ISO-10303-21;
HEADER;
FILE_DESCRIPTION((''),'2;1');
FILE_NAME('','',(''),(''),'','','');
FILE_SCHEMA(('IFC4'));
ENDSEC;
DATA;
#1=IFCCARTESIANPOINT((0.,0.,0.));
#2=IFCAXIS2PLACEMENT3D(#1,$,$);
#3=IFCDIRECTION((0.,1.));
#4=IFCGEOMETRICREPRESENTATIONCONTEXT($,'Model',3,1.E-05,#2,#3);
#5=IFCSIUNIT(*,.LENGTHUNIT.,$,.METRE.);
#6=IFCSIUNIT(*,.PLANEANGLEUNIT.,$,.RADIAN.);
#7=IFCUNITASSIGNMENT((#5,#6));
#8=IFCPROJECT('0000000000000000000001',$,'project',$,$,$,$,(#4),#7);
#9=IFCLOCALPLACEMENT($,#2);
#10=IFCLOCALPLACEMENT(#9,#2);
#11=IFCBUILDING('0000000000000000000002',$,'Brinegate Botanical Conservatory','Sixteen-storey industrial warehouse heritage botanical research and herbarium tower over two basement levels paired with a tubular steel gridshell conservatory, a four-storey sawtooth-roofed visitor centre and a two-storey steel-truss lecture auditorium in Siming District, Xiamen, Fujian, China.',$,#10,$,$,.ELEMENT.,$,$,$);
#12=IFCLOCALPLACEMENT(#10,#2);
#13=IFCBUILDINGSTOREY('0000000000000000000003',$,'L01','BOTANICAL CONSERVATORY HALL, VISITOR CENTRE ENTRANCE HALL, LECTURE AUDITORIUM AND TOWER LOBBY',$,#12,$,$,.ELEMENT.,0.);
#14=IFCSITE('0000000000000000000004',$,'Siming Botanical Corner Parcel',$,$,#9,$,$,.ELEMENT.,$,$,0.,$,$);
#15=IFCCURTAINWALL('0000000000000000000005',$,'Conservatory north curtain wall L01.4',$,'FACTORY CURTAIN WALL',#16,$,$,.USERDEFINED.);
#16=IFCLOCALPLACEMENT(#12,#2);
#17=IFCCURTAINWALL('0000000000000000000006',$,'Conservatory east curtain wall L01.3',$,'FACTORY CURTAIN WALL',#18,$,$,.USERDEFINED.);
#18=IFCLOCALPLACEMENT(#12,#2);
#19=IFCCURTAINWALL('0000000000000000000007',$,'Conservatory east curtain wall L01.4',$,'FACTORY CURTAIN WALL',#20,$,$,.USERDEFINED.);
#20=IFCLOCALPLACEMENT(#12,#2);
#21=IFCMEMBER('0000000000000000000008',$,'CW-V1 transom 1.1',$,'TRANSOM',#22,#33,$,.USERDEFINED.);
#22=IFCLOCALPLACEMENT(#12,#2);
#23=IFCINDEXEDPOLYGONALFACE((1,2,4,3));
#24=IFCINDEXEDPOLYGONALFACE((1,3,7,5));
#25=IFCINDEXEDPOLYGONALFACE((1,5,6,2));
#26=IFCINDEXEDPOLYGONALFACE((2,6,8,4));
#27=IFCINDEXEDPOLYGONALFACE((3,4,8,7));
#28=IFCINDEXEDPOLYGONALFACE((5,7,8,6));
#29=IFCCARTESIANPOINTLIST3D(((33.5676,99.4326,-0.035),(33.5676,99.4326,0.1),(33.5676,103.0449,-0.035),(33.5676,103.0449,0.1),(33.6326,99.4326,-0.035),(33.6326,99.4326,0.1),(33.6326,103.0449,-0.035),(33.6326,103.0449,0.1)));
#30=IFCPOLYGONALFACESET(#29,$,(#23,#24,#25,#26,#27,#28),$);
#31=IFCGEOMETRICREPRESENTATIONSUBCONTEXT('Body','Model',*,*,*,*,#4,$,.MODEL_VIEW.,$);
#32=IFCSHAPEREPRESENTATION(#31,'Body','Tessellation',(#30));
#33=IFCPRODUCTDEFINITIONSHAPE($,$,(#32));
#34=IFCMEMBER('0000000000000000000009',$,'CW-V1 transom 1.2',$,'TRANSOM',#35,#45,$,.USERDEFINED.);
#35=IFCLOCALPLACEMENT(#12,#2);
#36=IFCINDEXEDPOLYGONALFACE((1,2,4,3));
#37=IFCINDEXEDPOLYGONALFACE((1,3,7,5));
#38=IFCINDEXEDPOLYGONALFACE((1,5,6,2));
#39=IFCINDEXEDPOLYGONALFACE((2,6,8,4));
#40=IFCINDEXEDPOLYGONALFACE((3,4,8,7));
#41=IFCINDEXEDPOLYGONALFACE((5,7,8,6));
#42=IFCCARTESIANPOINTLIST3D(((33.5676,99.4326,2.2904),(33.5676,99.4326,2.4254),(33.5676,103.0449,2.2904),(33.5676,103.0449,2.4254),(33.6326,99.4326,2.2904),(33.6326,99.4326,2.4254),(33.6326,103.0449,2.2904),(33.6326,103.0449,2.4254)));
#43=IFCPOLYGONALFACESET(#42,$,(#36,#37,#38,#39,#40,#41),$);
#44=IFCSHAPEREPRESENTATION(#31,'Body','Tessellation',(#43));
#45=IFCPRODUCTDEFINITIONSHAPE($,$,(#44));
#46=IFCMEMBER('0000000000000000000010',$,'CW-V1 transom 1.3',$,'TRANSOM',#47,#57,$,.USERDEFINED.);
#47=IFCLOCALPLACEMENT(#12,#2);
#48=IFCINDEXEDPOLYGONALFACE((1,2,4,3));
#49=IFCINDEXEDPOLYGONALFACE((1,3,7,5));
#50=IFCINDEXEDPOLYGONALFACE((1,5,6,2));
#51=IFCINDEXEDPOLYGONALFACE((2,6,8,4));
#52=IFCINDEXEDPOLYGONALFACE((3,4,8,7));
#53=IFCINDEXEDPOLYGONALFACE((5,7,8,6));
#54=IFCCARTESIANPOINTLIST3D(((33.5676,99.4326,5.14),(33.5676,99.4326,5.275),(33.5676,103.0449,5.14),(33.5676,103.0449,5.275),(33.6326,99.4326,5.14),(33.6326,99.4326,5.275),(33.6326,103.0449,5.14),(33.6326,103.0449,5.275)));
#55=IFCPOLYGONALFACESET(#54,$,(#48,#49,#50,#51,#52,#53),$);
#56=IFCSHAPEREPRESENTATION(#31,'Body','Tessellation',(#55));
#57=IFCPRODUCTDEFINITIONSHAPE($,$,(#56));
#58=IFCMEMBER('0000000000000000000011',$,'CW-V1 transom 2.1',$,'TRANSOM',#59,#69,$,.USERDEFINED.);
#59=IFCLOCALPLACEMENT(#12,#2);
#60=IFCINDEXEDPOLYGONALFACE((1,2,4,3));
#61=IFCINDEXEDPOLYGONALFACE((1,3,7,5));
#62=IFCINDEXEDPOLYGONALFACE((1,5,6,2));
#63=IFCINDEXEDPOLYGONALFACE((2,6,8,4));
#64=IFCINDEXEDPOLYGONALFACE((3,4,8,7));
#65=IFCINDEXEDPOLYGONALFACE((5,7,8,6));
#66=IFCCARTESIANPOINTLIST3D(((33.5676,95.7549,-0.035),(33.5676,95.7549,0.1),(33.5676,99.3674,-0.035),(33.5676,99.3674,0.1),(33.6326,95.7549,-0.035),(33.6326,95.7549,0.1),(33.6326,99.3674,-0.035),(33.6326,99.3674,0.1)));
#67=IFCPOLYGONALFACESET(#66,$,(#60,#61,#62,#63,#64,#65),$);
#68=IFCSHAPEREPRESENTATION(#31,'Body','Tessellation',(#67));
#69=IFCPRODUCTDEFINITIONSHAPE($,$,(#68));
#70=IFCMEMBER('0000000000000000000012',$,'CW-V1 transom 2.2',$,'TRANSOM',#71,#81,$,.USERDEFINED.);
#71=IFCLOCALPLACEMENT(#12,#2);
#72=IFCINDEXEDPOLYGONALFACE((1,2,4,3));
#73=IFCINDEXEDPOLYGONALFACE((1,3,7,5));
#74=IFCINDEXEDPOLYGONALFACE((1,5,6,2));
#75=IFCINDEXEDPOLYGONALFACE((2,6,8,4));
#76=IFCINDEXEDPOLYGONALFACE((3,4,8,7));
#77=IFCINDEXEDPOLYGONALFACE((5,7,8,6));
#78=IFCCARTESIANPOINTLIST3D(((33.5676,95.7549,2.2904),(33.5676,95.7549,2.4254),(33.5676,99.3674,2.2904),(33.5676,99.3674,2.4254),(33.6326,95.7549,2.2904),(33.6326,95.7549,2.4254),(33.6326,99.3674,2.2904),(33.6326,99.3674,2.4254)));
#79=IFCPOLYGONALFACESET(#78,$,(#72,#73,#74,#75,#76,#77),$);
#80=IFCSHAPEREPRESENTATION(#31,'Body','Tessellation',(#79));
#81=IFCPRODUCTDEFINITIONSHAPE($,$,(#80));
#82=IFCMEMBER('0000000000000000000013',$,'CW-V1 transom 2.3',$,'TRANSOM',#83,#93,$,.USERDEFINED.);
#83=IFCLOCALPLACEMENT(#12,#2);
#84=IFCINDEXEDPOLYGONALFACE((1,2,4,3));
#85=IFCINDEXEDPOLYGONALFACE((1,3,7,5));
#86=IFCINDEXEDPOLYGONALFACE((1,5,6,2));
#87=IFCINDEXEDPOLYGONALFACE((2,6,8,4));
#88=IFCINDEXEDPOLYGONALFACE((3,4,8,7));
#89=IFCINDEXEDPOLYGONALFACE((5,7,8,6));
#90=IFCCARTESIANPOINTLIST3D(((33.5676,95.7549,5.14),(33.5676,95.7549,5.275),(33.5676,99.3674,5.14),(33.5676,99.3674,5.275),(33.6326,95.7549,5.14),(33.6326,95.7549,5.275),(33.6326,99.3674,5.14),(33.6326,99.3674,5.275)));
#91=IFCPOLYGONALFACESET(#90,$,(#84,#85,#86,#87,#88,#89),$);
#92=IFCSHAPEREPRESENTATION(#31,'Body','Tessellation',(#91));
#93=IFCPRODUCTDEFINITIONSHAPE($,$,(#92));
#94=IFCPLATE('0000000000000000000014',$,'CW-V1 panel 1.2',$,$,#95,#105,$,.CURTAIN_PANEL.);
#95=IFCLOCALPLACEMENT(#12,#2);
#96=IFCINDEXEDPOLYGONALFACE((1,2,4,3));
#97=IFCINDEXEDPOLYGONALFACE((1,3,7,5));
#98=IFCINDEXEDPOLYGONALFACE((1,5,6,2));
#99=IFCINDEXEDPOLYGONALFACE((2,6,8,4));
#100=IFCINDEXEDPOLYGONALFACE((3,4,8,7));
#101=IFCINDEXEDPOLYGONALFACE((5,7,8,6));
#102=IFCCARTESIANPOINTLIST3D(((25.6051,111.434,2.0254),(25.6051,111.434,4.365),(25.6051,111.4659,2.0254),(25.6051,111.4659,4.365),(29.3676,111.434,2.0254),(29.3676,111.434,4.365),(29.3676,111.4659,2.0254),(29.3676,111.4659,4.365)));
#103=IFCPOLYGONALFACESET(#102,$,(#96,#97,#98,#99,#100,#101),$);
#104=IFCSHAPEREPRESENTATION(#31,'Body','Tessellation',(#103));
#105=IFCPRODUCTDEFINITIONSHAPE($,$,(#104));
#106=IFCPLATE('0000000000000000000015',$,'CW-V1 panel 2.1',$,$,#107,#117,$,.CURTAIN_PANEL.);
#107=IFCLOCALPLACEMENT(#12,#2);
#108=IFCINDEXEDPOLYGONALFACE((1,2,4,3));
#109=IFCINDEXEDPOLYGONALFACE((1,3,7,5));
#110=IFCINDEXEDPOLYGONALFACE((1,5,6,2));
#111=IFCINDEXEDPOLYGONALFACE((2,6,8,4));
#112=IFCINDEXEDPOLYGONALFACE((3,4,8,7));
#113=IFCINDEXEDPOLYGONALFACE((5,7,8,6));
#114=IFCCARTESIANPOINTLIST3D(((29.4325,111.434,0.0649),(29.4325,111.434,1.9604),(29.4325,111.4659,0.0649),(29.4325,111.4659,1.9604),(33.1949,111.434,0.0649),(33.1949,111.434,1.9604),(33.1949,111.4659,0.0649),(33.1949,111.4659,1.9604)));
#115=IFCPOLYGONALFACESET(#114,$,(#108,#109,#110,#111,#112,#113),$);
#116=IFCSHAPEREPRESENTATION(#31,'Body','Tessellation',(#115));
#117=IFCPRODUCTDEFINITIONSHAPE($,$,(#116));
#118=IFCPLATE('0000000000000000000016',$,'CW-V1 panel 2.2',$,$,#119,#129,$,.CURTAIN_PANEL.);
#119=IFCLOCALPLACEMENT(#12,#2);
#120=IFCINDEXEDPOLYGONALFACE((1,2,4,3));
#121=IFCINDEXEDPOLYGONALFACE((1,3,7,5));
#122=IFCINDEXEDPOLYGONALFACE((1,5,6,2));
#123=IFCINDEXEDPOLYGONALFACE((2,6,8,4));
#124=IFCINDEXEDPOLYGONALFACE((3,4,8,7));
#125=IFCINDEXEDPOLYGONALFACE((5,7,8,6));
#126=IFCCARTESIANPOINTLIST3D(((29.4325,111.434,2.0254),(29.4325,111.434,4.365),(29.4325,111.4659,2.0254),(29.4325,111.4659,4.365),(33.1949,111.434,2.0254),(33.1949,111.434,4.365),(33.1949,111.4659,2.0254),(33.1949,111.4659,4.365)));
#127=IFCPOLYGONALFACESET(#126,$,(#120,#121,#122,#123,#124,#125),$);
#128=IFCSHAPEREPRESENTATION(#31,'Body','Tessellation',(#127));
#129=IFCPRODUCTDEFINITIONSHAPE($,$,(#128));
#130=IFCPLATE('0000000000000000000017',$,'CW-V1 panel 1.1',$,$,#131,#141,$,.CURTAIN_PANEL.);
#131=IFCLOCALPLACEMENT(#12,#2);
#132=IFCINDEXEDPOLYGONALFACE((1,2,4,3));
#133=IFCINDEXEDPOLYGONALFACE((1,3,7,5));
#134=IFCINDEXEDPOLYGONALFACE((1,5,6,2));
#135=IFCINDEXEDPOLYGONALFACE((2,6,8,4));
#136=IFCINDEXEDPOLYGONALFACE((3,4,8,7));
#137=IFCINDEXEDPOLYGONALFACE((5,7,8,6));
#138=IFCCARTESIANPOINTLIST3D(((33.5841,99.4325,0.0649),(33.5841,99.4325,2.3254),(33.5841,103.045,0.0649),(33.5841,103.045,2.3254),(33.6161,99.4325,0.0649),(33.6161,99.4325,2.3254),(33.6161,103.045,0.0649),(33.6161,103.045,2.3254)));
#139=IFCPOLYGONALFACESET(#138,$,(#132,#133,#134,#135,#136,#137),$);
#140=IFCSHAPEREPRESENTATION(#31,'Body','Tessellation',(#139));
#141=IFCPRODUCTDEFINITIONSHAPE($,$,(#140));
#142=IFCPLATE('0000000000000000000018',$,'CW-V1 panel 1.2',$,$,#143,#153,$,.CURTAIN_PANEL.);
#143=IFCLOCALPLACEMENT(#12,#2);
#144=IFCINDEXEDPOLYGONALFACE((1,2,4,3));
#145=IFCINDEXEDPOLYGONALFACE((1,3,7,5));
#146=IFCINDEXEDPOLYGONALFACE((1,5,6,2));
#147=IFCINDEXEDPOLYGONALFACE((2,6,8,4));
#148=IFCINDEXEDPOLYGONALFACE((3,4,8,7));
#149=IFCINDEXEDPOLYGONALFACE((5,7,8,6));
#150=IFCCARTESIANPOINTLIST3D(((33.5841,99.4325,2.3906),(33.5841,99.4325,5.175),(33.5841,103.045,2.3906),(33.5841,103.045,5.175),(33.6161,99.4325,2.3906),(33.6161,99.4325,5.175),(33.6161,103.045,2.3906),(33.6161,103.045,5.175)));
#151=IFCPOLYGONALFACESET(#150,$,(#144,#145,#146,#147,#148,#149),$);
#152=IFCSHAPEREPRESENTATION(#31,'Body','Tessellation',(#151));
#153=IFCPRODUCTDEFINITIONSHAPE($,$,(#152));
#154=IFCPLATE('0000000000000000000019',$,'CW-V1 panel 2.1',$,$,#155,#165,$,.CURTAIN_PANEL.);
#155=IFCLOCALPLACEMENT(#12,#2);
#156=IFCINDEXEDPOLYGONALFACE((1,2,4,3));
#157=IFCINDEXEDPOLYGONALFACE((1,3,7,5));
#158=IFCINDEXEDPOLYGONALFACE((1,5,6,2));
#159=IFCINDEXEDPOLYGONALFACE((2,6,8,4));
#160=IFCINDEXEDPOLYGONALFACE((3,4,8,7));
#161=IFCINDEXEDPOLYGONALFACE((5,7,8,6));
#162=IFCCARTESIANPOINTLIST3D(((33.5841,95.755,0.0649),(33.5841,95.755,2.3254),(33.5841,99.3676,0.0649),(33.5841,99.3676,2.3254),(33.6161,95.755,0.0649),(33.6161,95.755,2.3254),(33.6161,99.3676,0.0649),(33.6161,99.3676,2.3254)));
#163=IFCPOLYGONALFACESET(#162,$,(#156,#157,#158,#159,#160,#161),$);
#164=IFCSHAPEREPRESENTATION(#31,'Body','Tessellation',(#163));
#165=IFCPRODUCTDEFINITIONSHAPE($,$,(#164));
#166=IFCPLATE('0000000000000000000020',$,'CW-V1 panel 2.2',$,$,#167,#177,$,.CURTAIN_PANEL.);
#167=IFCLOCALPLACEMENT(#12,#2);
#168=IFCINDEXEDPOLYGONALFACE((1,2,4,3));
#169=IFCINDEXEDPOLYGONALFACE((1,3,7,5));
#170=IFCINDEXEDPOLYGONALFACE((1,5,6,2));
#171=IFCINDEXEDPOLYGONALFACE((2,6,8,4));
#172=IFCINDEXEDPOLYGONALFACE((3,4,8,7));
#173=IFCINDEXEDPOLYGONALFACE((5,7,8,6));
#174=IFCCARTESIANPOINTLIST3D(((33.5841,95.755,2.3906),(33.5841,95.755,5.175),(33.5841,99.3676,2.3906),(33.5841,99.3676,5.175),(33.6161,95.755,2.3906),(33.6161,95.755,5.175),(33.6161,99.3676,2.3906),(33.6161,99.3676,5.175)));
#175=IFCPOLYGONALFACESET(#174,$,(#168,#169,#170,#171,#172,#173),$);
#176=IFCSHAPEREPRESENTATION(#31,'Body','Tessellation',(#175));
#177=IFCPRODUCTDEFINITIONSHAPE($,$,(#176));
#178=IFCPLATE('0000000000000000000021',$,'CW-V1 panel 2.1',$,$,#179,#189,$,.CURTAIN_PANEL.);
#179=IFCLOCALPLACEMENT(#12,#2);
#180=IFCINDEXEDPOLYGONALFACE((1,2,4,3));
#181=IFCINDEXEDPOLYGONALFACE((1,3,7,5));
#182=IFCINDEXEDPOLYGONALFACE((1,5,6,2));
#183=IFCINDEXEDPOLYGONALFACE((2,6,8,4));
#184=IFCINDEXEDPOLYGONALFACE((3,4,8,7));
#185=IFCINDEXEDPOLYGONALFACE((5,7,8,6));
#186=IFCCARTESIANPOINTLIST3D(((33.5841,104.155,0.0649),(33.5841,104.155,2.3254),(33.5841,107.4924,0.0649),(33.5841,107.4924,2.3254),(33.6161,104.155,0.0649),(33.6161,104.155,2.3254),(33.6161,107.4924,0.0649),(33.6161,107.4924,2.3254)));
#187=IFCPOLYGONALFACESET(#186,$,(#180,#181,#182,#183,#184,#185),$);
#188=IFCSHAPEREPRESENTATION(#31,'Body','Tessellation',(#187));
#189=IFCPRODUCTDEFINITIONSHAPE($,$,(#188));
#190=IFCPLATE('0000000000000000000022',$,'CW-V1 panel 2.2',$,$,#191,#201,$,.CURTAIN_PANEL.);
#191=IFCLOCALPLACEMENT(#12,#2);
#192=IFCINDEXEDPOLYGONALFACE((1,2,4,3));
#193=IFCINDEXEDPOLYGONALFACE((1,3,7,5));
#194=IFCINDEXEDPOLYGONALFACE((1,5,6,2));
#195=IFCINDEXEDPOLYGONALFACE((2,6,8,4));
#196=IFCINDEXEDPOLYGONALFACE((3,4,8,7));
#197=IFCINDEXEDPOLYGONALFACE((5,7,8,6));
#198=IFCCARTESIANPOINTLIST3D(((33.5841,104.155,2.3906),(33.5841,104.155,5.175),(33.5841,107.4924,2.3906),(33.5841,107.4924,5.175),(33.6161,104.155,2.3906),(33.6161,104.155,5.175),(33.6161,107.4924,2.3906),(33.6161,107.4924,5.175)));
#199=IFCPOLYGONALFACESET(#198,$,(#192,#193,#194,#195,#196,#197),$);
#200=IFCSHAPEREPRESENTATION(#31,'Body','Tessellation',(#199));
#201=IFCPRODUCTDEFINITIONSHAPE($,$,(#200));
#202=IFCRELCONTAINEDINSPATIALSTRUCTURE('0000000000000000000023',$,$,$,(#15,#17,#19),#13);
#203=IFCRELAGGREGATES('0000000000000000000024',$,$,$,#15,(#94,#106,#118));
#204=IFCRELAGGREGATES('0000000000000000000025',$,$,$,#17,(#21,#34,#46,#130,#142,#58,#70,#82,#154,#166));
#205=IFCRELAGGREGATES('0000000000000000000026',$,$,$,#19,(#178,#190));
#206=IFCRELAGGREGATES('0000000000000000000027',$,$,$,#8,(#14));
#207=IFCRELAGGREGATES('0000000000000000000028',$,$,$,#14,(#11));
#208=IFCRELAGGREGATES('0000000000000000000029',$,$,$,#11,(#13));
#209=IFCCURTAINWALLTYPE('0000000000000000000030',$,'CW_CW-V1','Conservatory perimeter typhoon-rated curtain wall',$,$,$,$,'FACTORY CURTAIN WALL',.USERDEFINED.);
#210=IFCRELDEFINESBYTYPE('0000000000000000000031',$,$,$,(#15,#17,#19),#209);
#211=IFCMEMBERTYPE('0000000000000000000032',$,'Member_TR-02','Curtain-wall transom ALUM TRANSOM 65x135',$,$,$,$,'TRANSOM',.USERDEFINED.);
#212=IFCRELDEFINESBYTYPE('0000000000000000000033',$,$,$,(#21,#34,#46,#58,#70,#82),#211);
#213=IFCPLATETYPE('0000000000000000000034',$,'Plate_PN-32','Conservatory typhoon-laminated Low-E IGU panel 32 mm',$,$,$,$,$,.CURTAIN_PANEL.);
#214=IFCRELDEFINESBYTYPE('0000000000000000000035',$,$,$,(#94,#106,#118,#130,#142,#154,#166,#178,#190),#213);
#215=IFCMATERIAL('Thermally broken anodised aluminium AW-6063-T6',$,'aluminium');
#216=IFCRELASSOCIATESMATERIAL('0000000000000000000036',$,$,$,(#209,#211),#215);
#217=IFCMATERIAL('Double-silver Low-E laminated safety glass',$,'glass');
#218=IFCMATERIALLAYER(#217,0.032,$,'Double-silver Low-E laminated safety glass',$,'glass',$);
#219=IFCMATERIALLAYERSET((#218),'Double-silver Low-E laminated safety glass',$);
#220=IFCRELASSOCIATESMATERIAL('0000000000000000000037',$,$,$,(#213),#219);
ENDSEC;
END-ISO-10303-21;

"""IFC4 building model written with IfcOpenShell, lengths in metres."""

from ifc_helpers import new_model, si_unit, direction, frame, origin, origin_2d, place, context, subcontext, project, spatial, rectangle, extrude, material, layer, layer_set, material_profile, profile_set, type_object, element, aggregate, save


model = new_model("IFC4")

# Units and contexts
model_context = context("Model", 3, precision=1e-05, world=origin(), true_north=direction((0.0, 1.0)))
body_context = subcontext(model_context, "Body", "Model", "MODEL_VIEW")
ifc_project = project(units=[si_unit("LENGTHUNIT", "METRE"), si_unit("PLANEANGLEUNIT", "RADIAN")], contexts=[model_context])

# Site, building, storey
site_placement = place(None, origin())
site = spatial("IfcSite", under=ifc_project, at=site_placement, Name="Siming Botanical Corner Parcel", CompositionType="ELEMENT", RefElevation=0.0)
building_placement = place(site_placement, origin())
building = spatial("IfcBuilding", under=site, at=building_placement, Name="Brinegate Botanical Conservatory", Description="Sixteen-storey industrial warehouse heritage botanical research and herbarium tower over two basement levels paired with a tubular steel gridshell conservatory, a four-storey sawtooth-roofed visitor centre and a two-storey steel-truss lecture auditorium in Siming District, Xiamen, Fujian, China.", CompositionType="ELEMENT")
storey_placement = place(building_placement, origin())
storey = spatial("IfcBuildingStorey", under=building, at=storey_placement, Name="L01", Description="BOTANICAL CONSERVATORY HALL, VISITOR CENTRE ENTRANCE HALL, LECTURE AUDITORIUM AND TOWER LOBBY", CompositionType="ELEMENT", Elevation=0.0)

# Curtain walls
ifc_material_1 = material(Name="Thermally broken anodised aluminium AW-6063-T6", Category="aluminium")
curtain_wall_type = type_object("IfcCurtainWallType", Name="CW_CW-V1", Description="Conservatory perimeter typhoon-rated curtain wall", ElementType="FACTORY CURTAIN WALL", PredefinedType="USERDEFINED", material=ifc_material_1)
curtain_wall_1_placement = place(storey_placement, origin())
curtain_wall_1 = element("IfcCurtainWall", 1, at=curtain_wall_1_placement, inside=storey, type_object=curtain_wall_type, Name="Conservatory north curtain wall L01.4", ObjectType="FACTORY CURTAIN WALL", PredefinedType="USERDEFINED")
curtain_wall_2_placement = place(storey_placement, origin())
curtain_wall_2 = element("IfcCurtainWall", 2, at=curtain_wall_2_placement, inside=storey, type_object=curtain_wall_type, Name="Conservatory east curtain wall L01.3", ObjectType="FACTORY CURTAIN WALL", PredefinedType="USERDEFINED")

# Curtain wall
curtain_wall_3_placement = place(storey_placement, origin())
curtain_wall_3 = element("IfcCurtainWall", 3, at=curtain_wall_3_placement, inside=storey, type_object=curtain_wall_type, Name="Conservatory east curtain wall L01.4", ObjectType="FACTORY CURTAIN WALL", PredefinedType="USERDEFINED")

# Members
ifc_material_profile_1 = material_profile(ifc_material_1, rectangle(XDim=0.0649, YDim=0.135, at=origin_2d()), Name="ALUM TRANSOM 65x135")
ifc_profile_set_1 = profile_set([ifc_material_profile_1], Name="Thermally broken anodised aluminium AW-6063-T6")
member_type_1 = type_object("IfcMemberType", Name="Member_TR-02", Description="Curtain-wall transom ALUM TRANSOM 65x135", ElementType="TRANSOM", PredefinedType="USERDEFINED", material=ifc_profile_set_1)
member_1_placement = place(storey_placement, frame((33.6001, 103.0449, 0.0325), z_axis=(0.0, -1.0, 0.0), x_axis=(1.0, 0.0, 0.0)))
member_1 = element("IfcMember", 4, at=member_1_placement, type_object=member_type_1, Name="CW-V1 transom 1.1", ObjectType="TRANSOM", PredefinedType="USERDEFINED", context=body_context, shape_type="SweptSolid", body=[
    extrude(rectangle(XDim=0.0649, YDim=0.135, at=origin_2d()), origin(), (0.0, 0.0, 1.0), 3.6123),
])
member_2_placement = place(storey_placement, frame((33.6001, 103.0449, 2.3579), z_axis=(0.0, -1.0, 0.0), x_axis=(1.0, 0.0, 0.0)))
member_2 = element("IfcMember", 5, at=member_2_placement, type_object=member_type_1, Name="CW-V1 transom 1.2", ObjectType="TRANSOM", PredefinedType="USERDEFINED", context=body_context, shape_type="SweptSolid", body=[
    extrude(rectangle(XDim=0.0649, YDim=0.135, at=origin_2d()), origin(), (0.0, 0.0, 1.0), 3.6123),
])
member_3_placement = place(storey_placement, frame((33.6001, 103.0449, 5.2075), z_axis=(0.0, -1.0, 0.0), x_axis=(1.0, 0.0, 0.0)))
member_3 = element("IfcMember", 6, at=member_3_placement, type_object=member_type_1, Name="CW-V1 transom 1.3", ObjectType="TRANSOM", PredefinedType="USERDEFINED", context=body_context, shape_type="SweptSolid", body=[
    extrude(rectangle(XDim=0.0649, YDim=0.135, at=origin_2d()), origin(), (0.0, 0.0, 1.0), 3.6123),
])
member_4_placement = place(storey_placement, frame((33.6001, 99.3674, 0.0325), z_axis=(0.0, -1.0, 0.0), x_axis=(1.0, 0.0, 0.0)))
member_4 = element("IfcMember", 7, at=member_4_placement, type_object=member_type_1, Name="CW-V1 transom 2.1", ObjectType="TRANSOM", PredefinedType="USERDEFINED", context=body_context, shape_type="SweptSolid", body=[
    extrude(rectangle(XDim=0.0649, YDim=0.135, at=origin_2d()), origin(), (0.0, 0.0, 1.0), 3.6125),
])
member_5_placement = place(storey_placement, frame((33.6001, 99.3674, 2.3579), z_axis=(0.0, -1.0, 0.0), x_axis=(1.0, 0.0, 0.0)))
member_5 = element("IfcMember", 8, at=member_5_placement, type_object=member_type_1, Name="CW-V1 transom 2.2", ObjectType="TRANSOM", PredefinedType="USERDEFINED", context=body_context, shape_type="SweptSolid", body=[
    extrude(rectangle(XDim=0.0649, YDim=0.135, at=origin_2d()), origin(), (0.0, 0.0, 1.0), 3.6125),
])
member_6_placement = place(storey_placement, frame((33.6001, 99.3674, 5.2075), z_axis=(0.0, -1.0, 0.0), x_axis=(1.0, 0.0, 0.0)))
member_6 = element("IfcMember", 9, at=member_6_placement, type_object=member_type_1, Name="CW-V1 transom 2.3", ObjectType="TRANSOM", PredefinedType="USERDEFINED", context=body_context, shape_type="SweptSolid", body=[
    extrude(rectangle(XDim=0.0649, YDim=0.135, at=origin_2d()), origin(), (0.0, 0.0, 1.0), 3.6125),
])

# Plates
ifc_material_2 = material(Name="Double-silver Low-E laminated safety glass", Category="glass")
ifc_layer = layer(ifc_material_2, 0.032, Name="Double-silver Low-E laminated safety glass", Category="glass")
ifc_layer_set = layer_set([ifc_layer], Name="Double-silver Low-E laminated safety glass")
plate_type = type_object("IfcPlateType", Name="Plate_PN-32", Description="Conservatory typhoon-laminated Low-E IGU panel 32 mm", PredefinedType="CURTAIN_PANEL", material=ifc_layer_set)
plate_1_placement = place(storey_placement, frame((27.4863, 111.45, 2.0254), z_axis=(0.0, 0.0, 1.0), x_axis=(1.0, 0.0, 0.0)))
plate_1 = element("IfcPlate", 10, at=plate_1_placement, type_object=plate_type, Name="CW-V1 panel 1.2", PredefinedType="CURTAIN_PANEL", context=body_context, shape_type="SweptSolid", body=[
    extrude(rectangle(XDim=3.7625, YDim=0.032, at=origin_2d()), origin(), (0.0, 0.0, 1.0), 2.3396),
])
plate_2_placement = place(storey_placement, frame((31.3137, 111.45, 0.0649), z_axis=(0.0, 0.0, 1.0), x_axis=(1.0, 0.0, 0.0)))
plate_2 = element("IfcPlate", 11, at=plate_2_placement, type_object=plate_type, Name="CW-V1 panel 2.1", PredefinedType="CURTAIN_PANEL", context=body_context, shape_type="SweptSolid", body=[
    extrude(rectangle(XDim=3.7625, YDim=0.032, at=origin_2d()), origin(), (0.0, 0.0, 1.0), 1.8955),
])
plate_3_placement = place(storey_placement, frame((31.3137, 111.45, 2.0254), z_axis=(0.0, 0.0, 1.0), x_axis=(1.0, 0.0, 0.0)))
plate_3 = element("IfcPlate", 12, at=plate_3_placement, type_object=plate_type, Name="CW-V1 panel 2.2", PredefinedType="CURTAIN_PANEL", context=body_context, shape_type="SweptSolid", body=[
    extrude(rectangle(XDim=3.7625, YDim=0.032, at=origin_2d()), origin(), (0.0, 0.0, 1.0), 2.3396),
])
aggregate(curtain_wall_1, [plate_1, plate_2, plate_3])
plate_4_placement = place(storey_placement, frame((33.6001, 101.2388, 0.0649), z_axis=(0.0, 0.0, 1.0), x_axis=(0.0, -1.0, 0.0)))
plate_4 = element("IfcPlate", 13, at=plate_4_placement, type_object=plate_type, Name="CW-V1 panel 1.1", PredefinedType="CURTAIN_PANEL", context=body_context, shape_type="SweptSolid", body=[
    extrude(rectangle(XDim=3.6125, YDim=0.032, at=origin_2d()), origin(), (0.0, 0.0, 1.0), 2.2605),
])
plate_5_placement = place(storey_placement, frame((33.6001, 101.2388, 2.3906), z_axis=(0.0, 0.0, 1.0), x_axis=(0.0, -1.0, 0.0)))
plate_5 = element("IfcPlate", 14, at=plate_5_placement, type_object=plate_type, Name="CW-V1 panel 1.2", PredefinedType="CURTAIN_PANEL", context=body_context, shape_type="SweptSolid", body=[
    extrude(rectangle(XDim=3.6125, YDim=0.032, at=origin_2d()), origin(), (0.0, 0.0, 1.0), 2.7844),
])
plate_6_placement = place(storey_placement, frame((33.6001, 97.5613, 0.0649), z_axis=(0.0, 0.0, 1.0), x_axis=(0.0, -1.0, 0.0)))
plate_6 = element("IfcPlate", 15, at=plate_6_placement, type_object=plate_type, Name="CW-V1 panel 2.1", PredefinedType="CURTAIN_PANEL", context=body_context, shape_type="SweptSolid", body=[
    extrude(rectangle(XDim=3.6125, YDim=0.032, at=origin_2d()), origin(), (0.0, 0.0, 1.0), 2.2605),
])
plate_7_placement = place(storey_placement, frame((33.6001, 97.5613, 2.3906), z_axis=(0.0, 0.0, 1.0), x_axis=(0.0, -1.0, 0.0)))
plate_7 = element("IfcPlate", 16, at=plate_7_placement, type_object=plate_type, Name="CW-V1 panel 2.2", PredefinedType="CURTAIN_PANEL", context=body_context, shape_type="SweptSolid", body=[
    extrude(rectangle(XDim=3.6125, YDim=0.032, at=origin_2d()), origin(), (0.0, 0.0, 1.0), 2.7844),
])
aggregate(curtain_wall_2, [member_1, member_2, member_3, plate_4, plate_5, member_4, member_5, member_6, plate_6, plate_7])
plate_8_placement = place(storey_placement, frame((33.6001, 105.8237, 0.0649), z_axis=(0.0, 0.0, 1.0), x_axis=(0.0, -1.0, 0.0)))
plate_8 = element("IfcPlate", 17, at=plate_8_placement, type_object=plate_type, Name="CW-V1 panel 2.1", PredefinedType="CURTAIN_PANEL", context=body_context, shape_type="SweptSolid", body=[
    extrude(rectangle(XDim=3.3374, YDim=0.032, at=origin_2d()), origin(), (0.0, 0.0, 1.0), 2.2605),
])
plate_9_placement = place(storey_placement, frame((33.6001, 105.8237, 2.3906), z_axis=(0.0, 0.0, 1.0), x_axis=(0.0, -1.0, 0.0)))
plate_9 = element("IfcPlate", 18, at=plate_9_placement, type_object=plate_type, Name="CW-V1 panel 2.2", PredefinedType="CURTAIN_PANEL", context=body_context, shape_type="SweptSolid", body=[
    extrude(rectangle(XDim=3.3374, YDim=0.032, at=origin_2d()), origin(), (0.0, 0.0, 1.0), 2.7844),
])
aggregate(curtain_wall_3, [plate_8, plate_9])

save(model, "model.ifc")
